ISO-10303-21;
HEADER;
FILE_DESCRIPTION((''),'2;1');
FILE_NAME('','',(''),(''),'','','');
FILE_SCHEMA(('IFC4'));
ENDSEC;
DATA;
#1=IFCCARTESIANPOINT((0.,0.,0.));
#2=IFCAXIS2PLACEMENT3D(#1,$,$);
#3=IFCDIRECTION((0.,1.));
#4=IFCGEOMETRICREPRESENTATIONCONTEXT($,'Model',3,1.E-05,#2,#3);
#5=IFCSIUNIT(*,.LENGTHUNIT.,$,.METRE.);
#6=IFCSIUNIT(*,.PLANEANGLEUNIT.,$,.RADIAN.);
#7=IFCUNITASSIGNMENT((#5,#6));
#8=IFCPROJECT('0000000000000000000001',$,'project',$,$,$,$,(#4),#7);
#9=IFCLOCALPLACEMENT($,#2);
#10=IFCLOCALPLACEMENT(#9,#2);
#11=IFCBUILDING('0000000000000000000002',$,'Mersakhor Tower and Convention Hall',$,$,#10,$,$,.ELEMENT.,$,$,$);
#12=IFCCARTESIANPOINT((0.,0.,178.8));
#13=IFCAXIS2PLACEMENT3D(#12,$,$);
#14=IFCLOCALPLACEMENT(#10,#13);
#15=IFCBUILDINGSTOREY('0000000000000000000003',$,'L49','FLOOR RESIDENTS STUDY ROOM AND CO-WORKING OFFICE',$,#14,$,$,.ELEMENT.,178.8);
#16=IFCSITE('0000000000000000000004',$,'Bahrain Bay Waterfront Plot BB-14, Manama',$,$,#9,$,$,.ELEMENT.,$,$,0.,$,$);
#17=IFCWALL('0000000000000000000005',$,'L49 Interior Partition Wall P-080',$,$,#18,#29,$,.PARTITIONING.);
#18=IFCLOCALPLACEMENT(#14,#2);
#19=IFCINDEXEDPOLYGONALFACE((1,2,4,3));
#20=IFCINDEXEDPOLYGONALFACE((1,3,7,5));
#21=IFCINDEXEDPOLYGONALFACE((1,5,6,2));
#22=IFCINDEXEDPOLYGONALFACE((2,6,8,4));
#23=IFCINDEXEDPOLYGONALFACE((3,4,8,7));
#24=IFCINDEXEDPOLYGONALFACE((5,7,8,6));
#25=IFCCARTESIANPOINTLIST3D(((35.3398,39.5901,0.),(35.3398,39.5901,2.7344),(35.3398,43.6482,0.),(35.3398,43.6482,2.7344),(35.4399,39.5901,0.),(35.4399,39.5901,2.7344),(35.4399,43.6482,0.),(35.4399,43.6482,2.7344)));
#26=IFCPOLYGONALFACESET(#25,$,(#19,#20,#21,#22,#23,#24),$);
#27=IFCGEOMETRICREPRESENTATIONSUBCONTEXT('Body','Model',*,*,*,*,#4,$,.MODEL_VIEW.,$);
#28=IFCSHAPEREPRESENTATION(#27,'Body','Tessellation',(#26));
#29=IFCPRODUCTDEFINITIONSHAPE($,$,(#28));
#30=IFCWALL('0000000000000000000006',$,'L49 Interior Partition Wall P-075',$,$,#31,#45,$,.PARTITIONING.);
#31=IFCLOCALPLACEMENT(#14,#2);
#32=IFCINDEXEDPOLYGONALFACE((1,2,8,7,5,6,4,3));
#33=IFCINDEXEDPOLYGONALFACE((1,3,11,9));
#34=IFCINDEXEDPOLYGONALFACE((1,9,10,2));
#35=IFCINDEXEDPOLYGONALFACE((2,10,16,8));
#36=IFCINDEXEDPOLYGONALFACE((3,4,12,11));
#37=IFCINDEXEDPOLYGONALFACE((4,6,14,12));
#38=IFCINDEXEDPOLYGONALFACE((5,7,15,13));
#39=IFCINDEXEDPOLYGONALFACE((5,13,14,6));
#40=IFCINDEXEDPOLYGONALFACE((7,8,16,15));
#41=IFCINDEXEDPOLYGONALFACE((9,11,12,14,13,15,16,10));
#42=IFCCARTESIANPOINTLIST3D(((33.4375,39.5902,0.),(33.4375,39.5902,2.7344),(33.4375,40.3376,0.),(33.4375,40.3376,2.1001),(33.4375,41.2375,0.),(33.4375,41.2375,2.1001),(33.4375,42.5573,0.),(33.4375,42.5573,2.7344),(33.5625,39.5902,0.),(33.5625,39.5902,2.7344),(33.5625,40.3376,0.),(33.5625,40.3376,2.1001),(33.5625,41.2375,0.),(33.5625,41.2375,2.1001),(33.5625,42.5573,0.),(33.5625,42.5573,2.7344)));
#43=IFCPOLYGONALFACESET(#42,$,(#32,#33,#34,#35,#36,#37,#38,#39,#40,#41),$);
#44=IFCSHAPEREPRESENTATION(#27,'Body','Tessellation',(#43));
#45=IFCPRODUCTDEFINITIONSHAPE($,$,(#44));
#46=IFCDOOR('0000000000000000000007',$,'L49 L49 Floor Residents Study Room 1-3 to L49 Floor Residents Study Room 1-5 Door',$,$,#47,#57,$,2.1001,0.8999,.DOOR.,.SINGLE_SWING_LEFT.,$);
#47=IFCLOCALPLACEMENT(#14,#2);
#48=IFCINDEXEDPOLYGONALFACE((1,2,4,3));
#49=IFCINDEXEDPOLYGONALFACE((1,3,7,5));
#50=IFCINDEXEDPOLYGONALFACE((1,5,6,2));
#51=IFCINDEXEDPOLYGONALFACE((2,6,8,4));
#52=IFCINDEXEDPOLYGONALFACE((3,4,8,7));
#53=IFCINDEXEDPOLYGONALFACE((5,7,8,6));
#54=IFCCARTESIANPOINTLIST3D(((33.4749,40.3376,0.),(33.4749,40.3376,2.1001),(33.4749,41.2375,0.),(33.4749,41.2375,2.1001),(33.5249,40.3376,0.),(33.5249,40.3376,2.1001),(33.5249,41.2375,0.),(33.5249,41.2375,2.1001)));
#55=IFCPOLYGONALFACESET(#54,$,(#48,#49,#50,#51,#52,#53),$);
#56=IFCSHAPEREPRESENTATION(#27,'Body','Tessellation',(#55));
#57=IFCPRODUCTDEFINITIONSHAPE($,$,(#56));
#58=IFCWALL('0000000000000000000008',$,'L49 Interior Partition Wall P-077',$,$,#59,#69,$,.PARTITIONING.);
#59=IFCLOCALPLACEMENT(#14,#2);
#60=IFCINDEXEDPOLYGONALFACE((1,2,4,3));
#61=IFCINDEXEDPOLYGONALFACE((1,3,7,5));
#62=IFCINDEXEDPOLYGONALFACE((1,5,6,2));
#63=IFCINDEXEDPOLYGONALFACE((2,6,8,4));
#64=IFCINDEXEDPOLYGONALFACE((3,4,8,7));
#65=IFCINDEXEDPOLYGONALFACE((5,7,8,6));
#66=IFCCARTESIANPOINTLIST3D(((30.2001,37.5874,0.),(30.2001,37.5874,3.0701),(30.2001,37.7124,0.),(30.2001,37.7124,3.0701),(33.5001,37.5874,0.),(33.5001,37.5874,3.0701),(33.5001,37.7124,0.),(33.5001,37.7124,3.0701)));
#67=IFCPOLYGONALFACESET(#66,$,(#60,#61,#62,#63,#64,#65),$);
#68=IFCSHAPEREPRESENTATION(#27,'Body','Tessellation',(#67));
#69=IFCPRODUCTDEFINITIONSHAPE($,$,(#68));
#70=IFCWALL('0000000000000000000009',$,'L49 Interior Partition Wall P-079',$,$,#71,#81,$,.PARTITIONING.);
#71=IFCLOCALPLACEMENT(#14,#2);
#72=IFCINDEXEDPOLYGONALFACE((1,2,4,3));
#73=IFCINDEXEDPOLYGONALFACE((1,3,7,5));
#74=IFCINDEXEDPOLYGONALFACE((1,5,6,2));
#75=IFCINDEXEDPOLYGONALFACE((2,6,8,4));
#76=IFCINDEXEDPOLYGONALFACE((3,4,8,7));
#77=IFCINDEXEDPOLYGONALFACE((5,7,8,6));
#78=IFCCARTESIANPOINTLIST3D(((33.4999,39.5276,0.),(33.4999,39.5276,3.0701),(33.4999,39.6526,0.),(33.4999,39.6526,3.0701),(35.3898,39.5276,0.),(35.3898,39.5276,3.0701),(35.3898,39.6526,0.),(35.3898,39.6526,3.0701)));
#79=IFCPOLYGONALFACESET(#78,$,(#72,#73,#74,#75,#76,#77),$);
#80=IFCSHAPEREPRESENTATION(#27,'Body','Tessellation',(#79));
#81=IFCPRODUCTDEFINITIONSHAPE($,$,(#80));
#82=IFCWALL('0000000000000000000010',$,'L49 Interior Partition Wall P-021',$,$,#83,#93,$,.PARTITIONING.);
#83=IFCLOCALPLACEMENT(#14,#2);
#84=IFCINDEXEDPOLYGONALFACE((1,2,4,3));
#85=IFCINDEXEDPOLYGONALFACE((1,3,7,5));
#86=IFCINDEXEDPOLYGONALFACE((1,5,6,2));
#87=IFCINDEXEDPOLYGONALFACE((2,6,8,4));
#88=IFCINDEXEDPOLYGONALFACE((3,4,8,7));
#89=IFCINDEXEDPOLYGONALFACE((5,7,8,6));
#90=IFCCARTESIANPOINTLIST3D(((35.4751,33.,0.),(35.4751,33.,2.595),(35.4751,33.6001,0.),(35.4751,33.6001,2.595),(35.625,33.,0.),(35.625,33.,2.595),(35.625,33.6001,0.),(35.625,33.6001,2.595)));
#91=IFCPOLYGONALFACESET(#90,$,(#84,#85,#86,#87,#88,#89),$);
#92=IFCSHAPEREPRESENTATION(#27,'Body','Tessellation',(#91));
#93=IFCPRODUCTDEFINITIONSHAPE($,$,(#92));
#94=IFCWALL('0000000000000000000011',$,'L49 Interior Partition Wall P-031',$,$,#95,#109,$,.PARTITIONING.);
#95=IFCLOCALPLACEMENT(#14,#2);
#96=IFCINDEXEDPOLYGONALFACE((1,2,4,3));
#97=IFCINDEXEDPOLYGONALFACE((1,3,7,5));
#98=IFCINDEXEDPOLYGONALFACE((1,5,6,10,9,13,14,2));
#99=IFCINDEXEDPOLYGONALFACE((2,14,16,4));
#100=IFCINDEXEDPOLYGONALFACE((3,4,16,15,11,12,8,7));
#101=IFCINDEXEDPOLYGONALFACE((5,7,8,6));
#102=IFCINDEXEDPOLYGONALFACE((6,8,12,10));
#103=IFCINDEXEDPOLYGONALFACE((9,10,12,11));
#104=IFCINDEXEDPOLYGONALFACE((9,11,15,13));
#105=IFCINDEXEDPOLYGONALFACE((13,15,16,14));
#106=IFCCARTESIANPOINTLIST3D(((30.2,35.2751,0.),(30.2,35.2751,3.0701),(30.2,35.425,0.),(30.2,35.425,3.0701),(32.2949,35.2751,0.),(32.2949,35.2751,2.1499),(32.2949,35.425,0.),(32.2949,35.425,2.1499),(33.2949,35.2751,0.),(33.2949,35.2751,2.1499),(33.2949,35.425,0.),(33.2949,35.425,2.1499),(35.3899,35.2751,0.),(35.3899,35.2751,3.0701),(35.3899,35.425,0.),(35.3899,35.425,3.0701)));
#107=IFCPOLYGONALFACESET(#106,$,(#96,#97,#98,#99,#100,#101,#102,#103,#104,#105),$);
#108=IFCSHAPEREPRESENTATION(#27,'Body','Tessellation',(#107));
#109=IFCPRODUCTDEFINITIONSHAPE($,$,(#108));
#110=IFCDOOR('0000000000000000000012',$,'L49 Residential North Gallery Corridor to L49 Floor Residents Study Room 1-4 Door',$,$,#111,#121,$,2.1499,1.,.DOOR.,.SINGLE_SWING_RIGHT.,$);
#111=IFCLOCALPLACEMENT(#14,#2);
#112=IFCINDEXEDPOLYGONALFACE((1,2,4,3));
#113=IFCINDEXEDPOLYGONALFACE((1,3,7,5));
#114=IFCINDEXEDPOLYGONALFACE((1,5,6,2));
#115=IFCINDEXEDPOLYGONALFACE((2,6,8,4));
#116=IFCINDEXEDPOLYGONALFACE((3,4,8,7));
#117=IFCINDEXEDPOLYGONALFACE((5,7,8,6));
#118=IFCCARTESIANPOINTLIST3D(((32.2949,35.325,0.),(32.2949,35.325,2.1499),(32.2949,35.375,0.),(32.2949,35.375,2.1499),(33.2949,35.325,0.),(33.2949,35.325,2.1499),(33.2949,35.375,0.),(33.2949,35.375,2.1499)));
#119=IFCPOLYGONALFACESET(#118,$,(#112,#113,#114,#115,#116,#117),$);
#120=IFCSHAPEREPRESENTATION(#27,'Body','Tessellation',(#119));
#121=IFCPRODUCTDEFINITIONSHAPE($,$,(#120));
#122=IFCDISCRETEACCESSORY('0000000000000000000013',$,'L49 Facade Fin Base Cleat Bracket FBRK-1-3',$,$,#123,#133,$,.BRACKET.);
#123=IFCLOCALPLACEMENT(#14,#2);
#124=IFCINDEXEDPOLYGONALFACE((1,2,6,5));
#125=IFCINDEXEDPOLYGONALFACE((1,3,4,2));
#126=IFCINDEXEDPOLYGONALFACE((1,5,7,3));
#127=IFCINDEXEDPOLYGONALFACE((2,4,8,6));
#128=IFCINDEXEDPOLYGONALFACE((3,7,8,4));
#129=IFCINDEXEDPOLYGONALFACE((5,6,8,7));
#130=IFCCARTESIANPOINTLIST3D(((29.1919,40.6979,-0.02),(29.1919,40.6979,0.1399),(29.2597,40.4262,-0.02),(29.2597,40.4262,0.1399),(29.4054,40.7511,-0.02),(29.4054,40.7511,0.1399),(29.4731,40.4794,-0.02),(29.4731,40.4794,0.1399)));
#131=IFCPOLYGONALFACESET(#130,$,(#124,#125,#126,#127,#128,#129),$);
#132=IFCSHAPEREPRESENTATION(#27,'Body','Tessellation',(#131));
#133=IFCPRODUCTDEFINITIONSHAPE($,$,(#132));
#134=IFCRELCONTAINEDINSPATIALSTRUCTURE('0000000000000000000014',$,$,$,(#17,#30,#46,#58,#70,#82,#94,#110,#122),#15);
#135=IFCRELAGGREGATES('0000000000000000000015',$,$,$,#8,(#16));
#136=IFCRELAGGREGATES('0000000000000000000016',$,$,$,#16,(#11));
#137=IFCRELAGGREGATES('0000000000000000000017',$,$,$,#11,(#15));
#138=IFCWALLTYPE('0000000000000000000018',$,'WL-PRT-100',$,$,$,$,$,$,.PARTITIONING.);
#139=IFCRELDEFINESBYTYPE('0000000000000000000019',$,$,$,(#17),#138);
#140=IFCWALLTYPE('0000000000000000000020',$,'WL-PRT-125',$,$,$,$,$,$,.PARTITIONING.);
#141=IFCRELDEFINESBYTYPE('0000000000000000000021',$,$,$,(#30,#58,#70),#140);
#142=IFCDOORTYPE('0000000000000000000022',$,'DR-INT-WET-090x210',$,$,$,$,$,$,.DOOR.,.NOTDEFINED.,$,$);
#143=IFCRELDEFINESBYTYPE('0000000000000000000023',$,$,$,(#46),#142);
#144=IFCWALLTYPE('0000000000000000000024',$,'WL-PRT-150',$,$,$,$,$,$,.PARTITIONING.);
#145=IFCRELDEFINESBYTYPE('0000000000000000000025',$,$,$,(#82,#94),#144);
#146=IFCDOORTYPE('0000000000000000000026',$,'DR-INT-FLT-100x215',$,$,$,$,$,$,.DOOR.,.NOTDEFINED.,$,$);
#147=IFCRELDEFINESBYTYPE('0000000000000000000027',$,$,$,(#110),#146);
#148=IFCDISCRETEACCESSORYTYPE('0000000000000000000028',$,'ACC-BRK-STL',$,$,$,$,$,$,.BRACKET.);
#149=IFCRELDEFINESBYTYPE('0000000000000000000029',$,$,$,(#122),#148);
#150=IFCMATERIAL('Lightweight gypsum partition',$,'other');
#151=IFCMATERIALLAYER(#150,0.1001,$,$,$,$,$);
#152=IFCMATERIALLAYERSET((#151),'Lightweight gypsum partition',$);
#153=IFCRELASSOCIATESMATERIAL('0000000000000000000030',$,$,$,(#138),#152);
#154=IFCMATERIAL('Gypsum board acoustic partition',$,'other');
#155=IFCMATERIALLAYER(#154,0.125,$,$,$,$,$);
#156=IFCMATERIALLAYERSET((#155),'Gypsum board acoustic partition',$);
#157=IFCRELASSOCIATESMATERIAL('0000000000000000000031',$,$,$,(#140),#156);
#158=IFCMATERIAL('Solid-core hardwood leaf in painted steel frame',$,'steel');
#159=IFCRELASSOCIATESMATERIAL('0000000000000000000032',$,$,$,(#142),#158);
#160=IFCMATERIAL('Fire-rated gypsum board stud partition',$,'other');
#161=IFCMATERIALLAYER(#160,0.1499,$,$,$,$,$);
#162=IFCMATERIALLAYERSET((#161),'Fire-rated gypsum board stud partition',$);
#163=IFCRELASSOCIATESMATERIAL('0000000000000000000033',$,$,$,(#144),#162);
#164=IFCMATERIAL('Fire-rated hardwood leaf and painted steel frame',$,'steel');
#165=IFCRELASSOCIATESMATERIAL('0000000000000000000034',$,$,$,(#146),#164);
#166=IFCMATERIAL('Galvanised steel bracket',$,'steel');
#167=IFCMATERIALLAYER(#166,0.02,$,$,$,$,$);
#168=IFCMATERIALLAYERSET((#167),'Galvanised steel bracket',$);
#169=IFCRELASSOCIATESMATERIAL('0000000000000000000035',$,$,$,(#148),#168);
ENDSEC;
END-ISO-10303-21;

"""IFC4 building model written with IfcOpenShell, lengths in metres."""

from ifc_helpers import new_model, si_unit, direction, frame, frame_2d, origin, origin_2d, place, context, subcontext, project, spatial, rectangle, extrude, material, layer, layer_set, type_object, element, fill, save


model = new_model("IFC4")

# Units and contexts
model_context = context("Model", 3, precision=1e-05, world=origin(), true_north=direction((0.0, 1.0)))
body_context = subcontext(model_context, "Body", "Model", "MODEL_VIEW")
ifc_project = project(units=[si_unit("LENGTHUNIT", "METRE"), si_unit("PLANEANGLEUNIT", "RADIAN")], contexts=[model_context])

# Site, building, storey
site_placement = place(None, origin())
site = spatial("IfcSite", under=ifc_project, at=site_placement, Name="Bahrain Bay Waterfront Plot BB-14, Manama", CompositionType="ELEMENT", RefElevation=0.0)
building_placement = place(site_placement, origin())
building = spatial("IfcBuilding", under=site, at=building_placement, Name="Mersakhor Tower and Convention Hall", CompositionType="ELEMENT")
storey_placement = place(building_placement, frame((0.0, 0.0, 178.8)))
storey = spatial("IfcBuildingStorey", under=building, at=storey_placement, Name="L49", Description="FLOOR RESIDENTS STUDY ROOM AND CO-WORKING OFFICE", CompositionType="ELEMENT", Elevation=178.8)

# Wall
ifc_material_1 = material(Name="Lightweight gypsum partition", Category="other")
ifc_layer_1 = layer(ifc_material_1, 0.1001)
ifc_layer_set_1 = layer_set([ifc_layer_1], Name="Lightweight gypsum partition")
wall_type_1 = type_object("IfcWallType", Name="WL-PRT-100", PredefinedType="PARTITIONING", material=ifc_layer_set_1)
wall_1_placement = place(storey_placement, frame((35.3899, 43.6482, 0.0), z_axis=(0.0, 0.0, 1.0), x_axis=(0.0, -1.0, 0.0)))
element("IfcWall", 1, at=wall_1_placement, inside=storey, type_object=wall_type_1, Name="L49 Interior Partition Wall P-080", PredefinedType="PARTITIONING", context=body_context, shape_type="SweptSolid", body=[
    extrude(rectangle(XDim=4.0581, YDim=0.1001, at=frame_2d((2.0291, 0.0))), origin(), (0.0, 0.0, 1.0), 2.7344),
])

# Wall, opening, door
ifc_material_2 = material(Name="Gypsum board acoustic partition", Category="other")
ifc_layer_2 = layer(ifc_material_2, 0.125)
ifc_layer_set_2 = layer_set([ifc_layer_2], Name="Gypsum board acoustic partition")
wall_type_2 = type_object("IfcWallType", Name="WL-PRT-125", PredefinedType="PARTITIONING", material=ifc_layer_set_2)
wall_2_placement = place(storey_placement, frame((33.5, 42.5571, 0.0), z_axis=(0.0, 0.0, 1.0), x_axis=(0.0, -1.0, 0.0)))
wall_2 = element("IfcWall", 2, at=wall_2_placement, inside=storey, type_object=wall_type_2, Name="L49 Interior Partition Wall P-075", PredefinedType="PARTITIONING", context=body_context, shape_type="SweptSolid", body=[
    extrude(rectangle(XDim=2.967, YDim=0.125, at=frame_2d((1.4834, 0.0))), origin(), (0.0, 0.0, 1.0), 2.7344),
])
opening_1_placement = place(wall_2_placement, frame((1.3196, 0.0, 0.0)))
opening_1 = element("IfcOpeningElement", 3, at=opening_1_placement, cuts=wall_2, PredefinedType="OPENING", context=body_context, shape_type="SweptSolid", body=[
    extrude(rectangle(XDim=0.8999, YDim=2.1001, at=frame_2d((0.45, 1.05))), frame((0.0, 0.0725, 0.0), z_axis=(0.0, -1.0, 0.0), x_axis=(1.0, 0.0, 0.0)), (0.0, 0.0, 1.0), 0.145),
])
ifc_material_3 = material(Name="Solid-core hardwood leaf in painted steel frame", Category="steel")
door_type_1 = type_object("IfcDoorType", Name="DR-INT-WET-090x210", OperationType="NOTDEFINED", PredefinedType="DOOR", material=ifc_material_3)
door_1_placement = place(opening_1_placement, origin())
door_1 = element("IfcDoor", 4, at=door_1_placement, inside=storey, type_object=door_type_1, Name="L49 L49 Floor Residents Study Room 1-3 to L49 Floor Residents Study Room 1-5 Door", OperationType="SINGLE_SWING_LEFT", OverallHeight=2.1001, OverallWidth=0.8999, PredefinedType="DOOR", context=body_context, shape_type="SweptSolid", body=[
    extrude(rectangle(XDim=0.8999, YDim=2.1001, at=frame_2d((0.45, 1.05))), frame((0.0, 0.0249, 0.0), z_axis=(0.0, -1.0, 0.0), x_axis=(1.0, 0.0, 0.0)), (0.0, 0.0, 1.0), 0.05),
])
fill(opening_1, door_1)

# Walls
wall_3_placement = place(storey_placement, frame((33.5, 37.6499, 0.0), z_axis=(0.0, 0.0, 1.0), x_axis=(-1.0, 0.0, 0.0)))
element("IfcWall", 5, at=wall_3_placement, inside=storey, type_object=wall_type_2, Name="L49 Interior Partition Wall P-077", PredefinedType="PARTITIONING", context=body_context, shape_type="SweptSolid", body=[
    extrude(rectangle(XDim=3.3, YDim=0.125, at=frame_2d((1.6499, 0.0))), origin(), (0.0, 0.0, 1.0), 3.0701),
])
wall_4_placement = place(storey_placement, frame((33.5, 39.5901, 0.0), z_axis=(0.0, 0.0, 1.0), x_axis=(1.0, 0.0, 0.0)))
element("IfcWall", 6, at=wall_4_placement, inside=storey, type_object=wall_type_2, Name="L49 Interior Partition Wall P-079", PredefinedType="PARTITIONING", context=body_context, shape_type="SweptSolid", body=[
    extrude(rectangle(XDim=1.8899, YDim=0.125, at=frame_2d((0.9448, 0.0))), origin(), (0.0, 0.0, 1.0), 3.0701),
])
ifc_material_4 = material(Name="Fire-rated gypsum board stud partition", Category="other")
ifc_layer_3 = layer(ifc_material_4, 0.1499)
ifc_layer_set_3 = layer_set([ifc_layer_3], Name="Fire-rated gypsum board stud partition")
wall_type_3 = type_object("IfcWallType", Name="WL-PRT-150", PredefinedType="PARTITIONING", material=ifc_layer_set_3)
wall_5_placement = place(storey_placement, frame((35.55, 33.6001, 0.0), z_axis=(0.0, 0.0, 1.0), x_axis=(0.0, -1.0, 0.0)))
element("IfcWall", 7, at=wall_5_placement, inside=storey, type_object=wall_type_3, Name="L49 Interior Partition Wall P-021", PredefinedType="PARTITIONING", context=body_context, shape_type="SweptSolid", body=[
    extrude(rectangle(XDim=0.6001, YDim=0.1499, at=frame_2d((0.3, 0.0))), origin(), (0.0, 0.0, 1.0), 2.595),
])

# Wall, opening, door
wall_6_placement = place(storey_placement, frame((30.2, 35.3501, 0.0), z_axis=(0.0, 0.0, 1.0), x_axis=(1.0, 0.0, 0.0)))
wall_6 = element("IfcWall", 8, at=wall_6_placement, inside=storey, type_object=wall_type_3, Name="L49 Interior Partition Wall P-031", PredefinedType="PARTITIONING", context=body_context, shape_type="SweptSolid", body=[
    extrude(rectangle(XDim=5.1899, YDim=0.1499, at=frame_2d((2.595, 0.0))), origin(), (0.0, 0.0, 1.0), 3.0701),
])
opening_2_placement = place(wall_6_placement, frame((2.095, 0.0, 0.0)))
opening_2 = element("IfcOpeningElement", 9, at=opening_2_placement, cuts=wall_6, PredefinedType="OPENING", context=body_context, shape_type="SweptSolid", body=[
    extrude(rectangle(XDim=1.0, YDim=2.1499, at=frame_2d((0.5, 1.075))), frame((0.0, 0.085, 0.0), z_axis=(0.0, -1.0, 0.0), x_axis=(1.0, 0.0, 0.0)), (0.0, 0.0, 1.0), 0.1699),
])
ifc_material_5 = material(Name="Fire-rated hardwood leaf and painted steel frame", Category="steel")
door_type_2 = type_object("IfcDoorType", Name="DR-INT-FLT-100x215", OperationType="NOTDEFINED", PredefinedType="DOOR", material=ifc_material_5)
door_2_placement = place(opening_2_placement, origin())
door_2 = element("IfcDoor", 10, at=door_2_placement, inside=storey, type_object=door_type_2, Name="L49 Residential North Gallery Corridor to L49 Floor Residents Study Room 1-4 Door", OperationType="SINGLE_SWING_RIGHT", OverallHeight=2.1499, OverallWidth=1.0, PredefinedType="DOOR", context=body_context, shape_type="SweptSolid", body=[
    extrude(rectangle(XDim=1.0, YDim=2.1499, at=frame_2d((0.5, 1.075))), frame((0.0, 0.0249, 0.0), z_axis=(0.0, -1.0, 0.0), x_axis=(1.0, 0.0, 0.0)), (0.0, 0.0, 1.0), 0.05),
])
fill(opening_2, door_2)

# Discrete accessory
ifc_material_6 = material(Name="Galvanised steel bracket", Category="steel")
ifc_layer_4 = layer(ifc_material_6, 0.02)
ifc_layer_set_4 = layer_set([ifc_layer_4], Name="Galvanised steel bracket")
discrete_accessory_type = type_object("IfcDiscreteAccessoryType", Name="ACC-BRK-STL", PredefinedType="BRACKET", material=ifc_layer_set_4)
discrete_accessory_placement = place(storey_placement, frame((29.3325, 40.5886, -0.02), z_axis=(0.0, 0.0, 1.0), x_axis=(-0.241922, 0.970296, 0.0)))
element("IfcDiscreteAccessory", 11, at=discrete_accessory_placement, inside=storey, type_object=discrete_accessory_type, Name="L49 Facade Fin Base Cleat Bracket FBRK-1-3", PredefinedType="BRACKET", context=body_context, shape_type="SweptSolid", body=[
    extrude(rectangle(XDim=0.28, YDim=0.22, at=origin_2d()), origin(), (0.0, 0.0, 1.0), 0.1599),
])

save(model, "model.ifc")
